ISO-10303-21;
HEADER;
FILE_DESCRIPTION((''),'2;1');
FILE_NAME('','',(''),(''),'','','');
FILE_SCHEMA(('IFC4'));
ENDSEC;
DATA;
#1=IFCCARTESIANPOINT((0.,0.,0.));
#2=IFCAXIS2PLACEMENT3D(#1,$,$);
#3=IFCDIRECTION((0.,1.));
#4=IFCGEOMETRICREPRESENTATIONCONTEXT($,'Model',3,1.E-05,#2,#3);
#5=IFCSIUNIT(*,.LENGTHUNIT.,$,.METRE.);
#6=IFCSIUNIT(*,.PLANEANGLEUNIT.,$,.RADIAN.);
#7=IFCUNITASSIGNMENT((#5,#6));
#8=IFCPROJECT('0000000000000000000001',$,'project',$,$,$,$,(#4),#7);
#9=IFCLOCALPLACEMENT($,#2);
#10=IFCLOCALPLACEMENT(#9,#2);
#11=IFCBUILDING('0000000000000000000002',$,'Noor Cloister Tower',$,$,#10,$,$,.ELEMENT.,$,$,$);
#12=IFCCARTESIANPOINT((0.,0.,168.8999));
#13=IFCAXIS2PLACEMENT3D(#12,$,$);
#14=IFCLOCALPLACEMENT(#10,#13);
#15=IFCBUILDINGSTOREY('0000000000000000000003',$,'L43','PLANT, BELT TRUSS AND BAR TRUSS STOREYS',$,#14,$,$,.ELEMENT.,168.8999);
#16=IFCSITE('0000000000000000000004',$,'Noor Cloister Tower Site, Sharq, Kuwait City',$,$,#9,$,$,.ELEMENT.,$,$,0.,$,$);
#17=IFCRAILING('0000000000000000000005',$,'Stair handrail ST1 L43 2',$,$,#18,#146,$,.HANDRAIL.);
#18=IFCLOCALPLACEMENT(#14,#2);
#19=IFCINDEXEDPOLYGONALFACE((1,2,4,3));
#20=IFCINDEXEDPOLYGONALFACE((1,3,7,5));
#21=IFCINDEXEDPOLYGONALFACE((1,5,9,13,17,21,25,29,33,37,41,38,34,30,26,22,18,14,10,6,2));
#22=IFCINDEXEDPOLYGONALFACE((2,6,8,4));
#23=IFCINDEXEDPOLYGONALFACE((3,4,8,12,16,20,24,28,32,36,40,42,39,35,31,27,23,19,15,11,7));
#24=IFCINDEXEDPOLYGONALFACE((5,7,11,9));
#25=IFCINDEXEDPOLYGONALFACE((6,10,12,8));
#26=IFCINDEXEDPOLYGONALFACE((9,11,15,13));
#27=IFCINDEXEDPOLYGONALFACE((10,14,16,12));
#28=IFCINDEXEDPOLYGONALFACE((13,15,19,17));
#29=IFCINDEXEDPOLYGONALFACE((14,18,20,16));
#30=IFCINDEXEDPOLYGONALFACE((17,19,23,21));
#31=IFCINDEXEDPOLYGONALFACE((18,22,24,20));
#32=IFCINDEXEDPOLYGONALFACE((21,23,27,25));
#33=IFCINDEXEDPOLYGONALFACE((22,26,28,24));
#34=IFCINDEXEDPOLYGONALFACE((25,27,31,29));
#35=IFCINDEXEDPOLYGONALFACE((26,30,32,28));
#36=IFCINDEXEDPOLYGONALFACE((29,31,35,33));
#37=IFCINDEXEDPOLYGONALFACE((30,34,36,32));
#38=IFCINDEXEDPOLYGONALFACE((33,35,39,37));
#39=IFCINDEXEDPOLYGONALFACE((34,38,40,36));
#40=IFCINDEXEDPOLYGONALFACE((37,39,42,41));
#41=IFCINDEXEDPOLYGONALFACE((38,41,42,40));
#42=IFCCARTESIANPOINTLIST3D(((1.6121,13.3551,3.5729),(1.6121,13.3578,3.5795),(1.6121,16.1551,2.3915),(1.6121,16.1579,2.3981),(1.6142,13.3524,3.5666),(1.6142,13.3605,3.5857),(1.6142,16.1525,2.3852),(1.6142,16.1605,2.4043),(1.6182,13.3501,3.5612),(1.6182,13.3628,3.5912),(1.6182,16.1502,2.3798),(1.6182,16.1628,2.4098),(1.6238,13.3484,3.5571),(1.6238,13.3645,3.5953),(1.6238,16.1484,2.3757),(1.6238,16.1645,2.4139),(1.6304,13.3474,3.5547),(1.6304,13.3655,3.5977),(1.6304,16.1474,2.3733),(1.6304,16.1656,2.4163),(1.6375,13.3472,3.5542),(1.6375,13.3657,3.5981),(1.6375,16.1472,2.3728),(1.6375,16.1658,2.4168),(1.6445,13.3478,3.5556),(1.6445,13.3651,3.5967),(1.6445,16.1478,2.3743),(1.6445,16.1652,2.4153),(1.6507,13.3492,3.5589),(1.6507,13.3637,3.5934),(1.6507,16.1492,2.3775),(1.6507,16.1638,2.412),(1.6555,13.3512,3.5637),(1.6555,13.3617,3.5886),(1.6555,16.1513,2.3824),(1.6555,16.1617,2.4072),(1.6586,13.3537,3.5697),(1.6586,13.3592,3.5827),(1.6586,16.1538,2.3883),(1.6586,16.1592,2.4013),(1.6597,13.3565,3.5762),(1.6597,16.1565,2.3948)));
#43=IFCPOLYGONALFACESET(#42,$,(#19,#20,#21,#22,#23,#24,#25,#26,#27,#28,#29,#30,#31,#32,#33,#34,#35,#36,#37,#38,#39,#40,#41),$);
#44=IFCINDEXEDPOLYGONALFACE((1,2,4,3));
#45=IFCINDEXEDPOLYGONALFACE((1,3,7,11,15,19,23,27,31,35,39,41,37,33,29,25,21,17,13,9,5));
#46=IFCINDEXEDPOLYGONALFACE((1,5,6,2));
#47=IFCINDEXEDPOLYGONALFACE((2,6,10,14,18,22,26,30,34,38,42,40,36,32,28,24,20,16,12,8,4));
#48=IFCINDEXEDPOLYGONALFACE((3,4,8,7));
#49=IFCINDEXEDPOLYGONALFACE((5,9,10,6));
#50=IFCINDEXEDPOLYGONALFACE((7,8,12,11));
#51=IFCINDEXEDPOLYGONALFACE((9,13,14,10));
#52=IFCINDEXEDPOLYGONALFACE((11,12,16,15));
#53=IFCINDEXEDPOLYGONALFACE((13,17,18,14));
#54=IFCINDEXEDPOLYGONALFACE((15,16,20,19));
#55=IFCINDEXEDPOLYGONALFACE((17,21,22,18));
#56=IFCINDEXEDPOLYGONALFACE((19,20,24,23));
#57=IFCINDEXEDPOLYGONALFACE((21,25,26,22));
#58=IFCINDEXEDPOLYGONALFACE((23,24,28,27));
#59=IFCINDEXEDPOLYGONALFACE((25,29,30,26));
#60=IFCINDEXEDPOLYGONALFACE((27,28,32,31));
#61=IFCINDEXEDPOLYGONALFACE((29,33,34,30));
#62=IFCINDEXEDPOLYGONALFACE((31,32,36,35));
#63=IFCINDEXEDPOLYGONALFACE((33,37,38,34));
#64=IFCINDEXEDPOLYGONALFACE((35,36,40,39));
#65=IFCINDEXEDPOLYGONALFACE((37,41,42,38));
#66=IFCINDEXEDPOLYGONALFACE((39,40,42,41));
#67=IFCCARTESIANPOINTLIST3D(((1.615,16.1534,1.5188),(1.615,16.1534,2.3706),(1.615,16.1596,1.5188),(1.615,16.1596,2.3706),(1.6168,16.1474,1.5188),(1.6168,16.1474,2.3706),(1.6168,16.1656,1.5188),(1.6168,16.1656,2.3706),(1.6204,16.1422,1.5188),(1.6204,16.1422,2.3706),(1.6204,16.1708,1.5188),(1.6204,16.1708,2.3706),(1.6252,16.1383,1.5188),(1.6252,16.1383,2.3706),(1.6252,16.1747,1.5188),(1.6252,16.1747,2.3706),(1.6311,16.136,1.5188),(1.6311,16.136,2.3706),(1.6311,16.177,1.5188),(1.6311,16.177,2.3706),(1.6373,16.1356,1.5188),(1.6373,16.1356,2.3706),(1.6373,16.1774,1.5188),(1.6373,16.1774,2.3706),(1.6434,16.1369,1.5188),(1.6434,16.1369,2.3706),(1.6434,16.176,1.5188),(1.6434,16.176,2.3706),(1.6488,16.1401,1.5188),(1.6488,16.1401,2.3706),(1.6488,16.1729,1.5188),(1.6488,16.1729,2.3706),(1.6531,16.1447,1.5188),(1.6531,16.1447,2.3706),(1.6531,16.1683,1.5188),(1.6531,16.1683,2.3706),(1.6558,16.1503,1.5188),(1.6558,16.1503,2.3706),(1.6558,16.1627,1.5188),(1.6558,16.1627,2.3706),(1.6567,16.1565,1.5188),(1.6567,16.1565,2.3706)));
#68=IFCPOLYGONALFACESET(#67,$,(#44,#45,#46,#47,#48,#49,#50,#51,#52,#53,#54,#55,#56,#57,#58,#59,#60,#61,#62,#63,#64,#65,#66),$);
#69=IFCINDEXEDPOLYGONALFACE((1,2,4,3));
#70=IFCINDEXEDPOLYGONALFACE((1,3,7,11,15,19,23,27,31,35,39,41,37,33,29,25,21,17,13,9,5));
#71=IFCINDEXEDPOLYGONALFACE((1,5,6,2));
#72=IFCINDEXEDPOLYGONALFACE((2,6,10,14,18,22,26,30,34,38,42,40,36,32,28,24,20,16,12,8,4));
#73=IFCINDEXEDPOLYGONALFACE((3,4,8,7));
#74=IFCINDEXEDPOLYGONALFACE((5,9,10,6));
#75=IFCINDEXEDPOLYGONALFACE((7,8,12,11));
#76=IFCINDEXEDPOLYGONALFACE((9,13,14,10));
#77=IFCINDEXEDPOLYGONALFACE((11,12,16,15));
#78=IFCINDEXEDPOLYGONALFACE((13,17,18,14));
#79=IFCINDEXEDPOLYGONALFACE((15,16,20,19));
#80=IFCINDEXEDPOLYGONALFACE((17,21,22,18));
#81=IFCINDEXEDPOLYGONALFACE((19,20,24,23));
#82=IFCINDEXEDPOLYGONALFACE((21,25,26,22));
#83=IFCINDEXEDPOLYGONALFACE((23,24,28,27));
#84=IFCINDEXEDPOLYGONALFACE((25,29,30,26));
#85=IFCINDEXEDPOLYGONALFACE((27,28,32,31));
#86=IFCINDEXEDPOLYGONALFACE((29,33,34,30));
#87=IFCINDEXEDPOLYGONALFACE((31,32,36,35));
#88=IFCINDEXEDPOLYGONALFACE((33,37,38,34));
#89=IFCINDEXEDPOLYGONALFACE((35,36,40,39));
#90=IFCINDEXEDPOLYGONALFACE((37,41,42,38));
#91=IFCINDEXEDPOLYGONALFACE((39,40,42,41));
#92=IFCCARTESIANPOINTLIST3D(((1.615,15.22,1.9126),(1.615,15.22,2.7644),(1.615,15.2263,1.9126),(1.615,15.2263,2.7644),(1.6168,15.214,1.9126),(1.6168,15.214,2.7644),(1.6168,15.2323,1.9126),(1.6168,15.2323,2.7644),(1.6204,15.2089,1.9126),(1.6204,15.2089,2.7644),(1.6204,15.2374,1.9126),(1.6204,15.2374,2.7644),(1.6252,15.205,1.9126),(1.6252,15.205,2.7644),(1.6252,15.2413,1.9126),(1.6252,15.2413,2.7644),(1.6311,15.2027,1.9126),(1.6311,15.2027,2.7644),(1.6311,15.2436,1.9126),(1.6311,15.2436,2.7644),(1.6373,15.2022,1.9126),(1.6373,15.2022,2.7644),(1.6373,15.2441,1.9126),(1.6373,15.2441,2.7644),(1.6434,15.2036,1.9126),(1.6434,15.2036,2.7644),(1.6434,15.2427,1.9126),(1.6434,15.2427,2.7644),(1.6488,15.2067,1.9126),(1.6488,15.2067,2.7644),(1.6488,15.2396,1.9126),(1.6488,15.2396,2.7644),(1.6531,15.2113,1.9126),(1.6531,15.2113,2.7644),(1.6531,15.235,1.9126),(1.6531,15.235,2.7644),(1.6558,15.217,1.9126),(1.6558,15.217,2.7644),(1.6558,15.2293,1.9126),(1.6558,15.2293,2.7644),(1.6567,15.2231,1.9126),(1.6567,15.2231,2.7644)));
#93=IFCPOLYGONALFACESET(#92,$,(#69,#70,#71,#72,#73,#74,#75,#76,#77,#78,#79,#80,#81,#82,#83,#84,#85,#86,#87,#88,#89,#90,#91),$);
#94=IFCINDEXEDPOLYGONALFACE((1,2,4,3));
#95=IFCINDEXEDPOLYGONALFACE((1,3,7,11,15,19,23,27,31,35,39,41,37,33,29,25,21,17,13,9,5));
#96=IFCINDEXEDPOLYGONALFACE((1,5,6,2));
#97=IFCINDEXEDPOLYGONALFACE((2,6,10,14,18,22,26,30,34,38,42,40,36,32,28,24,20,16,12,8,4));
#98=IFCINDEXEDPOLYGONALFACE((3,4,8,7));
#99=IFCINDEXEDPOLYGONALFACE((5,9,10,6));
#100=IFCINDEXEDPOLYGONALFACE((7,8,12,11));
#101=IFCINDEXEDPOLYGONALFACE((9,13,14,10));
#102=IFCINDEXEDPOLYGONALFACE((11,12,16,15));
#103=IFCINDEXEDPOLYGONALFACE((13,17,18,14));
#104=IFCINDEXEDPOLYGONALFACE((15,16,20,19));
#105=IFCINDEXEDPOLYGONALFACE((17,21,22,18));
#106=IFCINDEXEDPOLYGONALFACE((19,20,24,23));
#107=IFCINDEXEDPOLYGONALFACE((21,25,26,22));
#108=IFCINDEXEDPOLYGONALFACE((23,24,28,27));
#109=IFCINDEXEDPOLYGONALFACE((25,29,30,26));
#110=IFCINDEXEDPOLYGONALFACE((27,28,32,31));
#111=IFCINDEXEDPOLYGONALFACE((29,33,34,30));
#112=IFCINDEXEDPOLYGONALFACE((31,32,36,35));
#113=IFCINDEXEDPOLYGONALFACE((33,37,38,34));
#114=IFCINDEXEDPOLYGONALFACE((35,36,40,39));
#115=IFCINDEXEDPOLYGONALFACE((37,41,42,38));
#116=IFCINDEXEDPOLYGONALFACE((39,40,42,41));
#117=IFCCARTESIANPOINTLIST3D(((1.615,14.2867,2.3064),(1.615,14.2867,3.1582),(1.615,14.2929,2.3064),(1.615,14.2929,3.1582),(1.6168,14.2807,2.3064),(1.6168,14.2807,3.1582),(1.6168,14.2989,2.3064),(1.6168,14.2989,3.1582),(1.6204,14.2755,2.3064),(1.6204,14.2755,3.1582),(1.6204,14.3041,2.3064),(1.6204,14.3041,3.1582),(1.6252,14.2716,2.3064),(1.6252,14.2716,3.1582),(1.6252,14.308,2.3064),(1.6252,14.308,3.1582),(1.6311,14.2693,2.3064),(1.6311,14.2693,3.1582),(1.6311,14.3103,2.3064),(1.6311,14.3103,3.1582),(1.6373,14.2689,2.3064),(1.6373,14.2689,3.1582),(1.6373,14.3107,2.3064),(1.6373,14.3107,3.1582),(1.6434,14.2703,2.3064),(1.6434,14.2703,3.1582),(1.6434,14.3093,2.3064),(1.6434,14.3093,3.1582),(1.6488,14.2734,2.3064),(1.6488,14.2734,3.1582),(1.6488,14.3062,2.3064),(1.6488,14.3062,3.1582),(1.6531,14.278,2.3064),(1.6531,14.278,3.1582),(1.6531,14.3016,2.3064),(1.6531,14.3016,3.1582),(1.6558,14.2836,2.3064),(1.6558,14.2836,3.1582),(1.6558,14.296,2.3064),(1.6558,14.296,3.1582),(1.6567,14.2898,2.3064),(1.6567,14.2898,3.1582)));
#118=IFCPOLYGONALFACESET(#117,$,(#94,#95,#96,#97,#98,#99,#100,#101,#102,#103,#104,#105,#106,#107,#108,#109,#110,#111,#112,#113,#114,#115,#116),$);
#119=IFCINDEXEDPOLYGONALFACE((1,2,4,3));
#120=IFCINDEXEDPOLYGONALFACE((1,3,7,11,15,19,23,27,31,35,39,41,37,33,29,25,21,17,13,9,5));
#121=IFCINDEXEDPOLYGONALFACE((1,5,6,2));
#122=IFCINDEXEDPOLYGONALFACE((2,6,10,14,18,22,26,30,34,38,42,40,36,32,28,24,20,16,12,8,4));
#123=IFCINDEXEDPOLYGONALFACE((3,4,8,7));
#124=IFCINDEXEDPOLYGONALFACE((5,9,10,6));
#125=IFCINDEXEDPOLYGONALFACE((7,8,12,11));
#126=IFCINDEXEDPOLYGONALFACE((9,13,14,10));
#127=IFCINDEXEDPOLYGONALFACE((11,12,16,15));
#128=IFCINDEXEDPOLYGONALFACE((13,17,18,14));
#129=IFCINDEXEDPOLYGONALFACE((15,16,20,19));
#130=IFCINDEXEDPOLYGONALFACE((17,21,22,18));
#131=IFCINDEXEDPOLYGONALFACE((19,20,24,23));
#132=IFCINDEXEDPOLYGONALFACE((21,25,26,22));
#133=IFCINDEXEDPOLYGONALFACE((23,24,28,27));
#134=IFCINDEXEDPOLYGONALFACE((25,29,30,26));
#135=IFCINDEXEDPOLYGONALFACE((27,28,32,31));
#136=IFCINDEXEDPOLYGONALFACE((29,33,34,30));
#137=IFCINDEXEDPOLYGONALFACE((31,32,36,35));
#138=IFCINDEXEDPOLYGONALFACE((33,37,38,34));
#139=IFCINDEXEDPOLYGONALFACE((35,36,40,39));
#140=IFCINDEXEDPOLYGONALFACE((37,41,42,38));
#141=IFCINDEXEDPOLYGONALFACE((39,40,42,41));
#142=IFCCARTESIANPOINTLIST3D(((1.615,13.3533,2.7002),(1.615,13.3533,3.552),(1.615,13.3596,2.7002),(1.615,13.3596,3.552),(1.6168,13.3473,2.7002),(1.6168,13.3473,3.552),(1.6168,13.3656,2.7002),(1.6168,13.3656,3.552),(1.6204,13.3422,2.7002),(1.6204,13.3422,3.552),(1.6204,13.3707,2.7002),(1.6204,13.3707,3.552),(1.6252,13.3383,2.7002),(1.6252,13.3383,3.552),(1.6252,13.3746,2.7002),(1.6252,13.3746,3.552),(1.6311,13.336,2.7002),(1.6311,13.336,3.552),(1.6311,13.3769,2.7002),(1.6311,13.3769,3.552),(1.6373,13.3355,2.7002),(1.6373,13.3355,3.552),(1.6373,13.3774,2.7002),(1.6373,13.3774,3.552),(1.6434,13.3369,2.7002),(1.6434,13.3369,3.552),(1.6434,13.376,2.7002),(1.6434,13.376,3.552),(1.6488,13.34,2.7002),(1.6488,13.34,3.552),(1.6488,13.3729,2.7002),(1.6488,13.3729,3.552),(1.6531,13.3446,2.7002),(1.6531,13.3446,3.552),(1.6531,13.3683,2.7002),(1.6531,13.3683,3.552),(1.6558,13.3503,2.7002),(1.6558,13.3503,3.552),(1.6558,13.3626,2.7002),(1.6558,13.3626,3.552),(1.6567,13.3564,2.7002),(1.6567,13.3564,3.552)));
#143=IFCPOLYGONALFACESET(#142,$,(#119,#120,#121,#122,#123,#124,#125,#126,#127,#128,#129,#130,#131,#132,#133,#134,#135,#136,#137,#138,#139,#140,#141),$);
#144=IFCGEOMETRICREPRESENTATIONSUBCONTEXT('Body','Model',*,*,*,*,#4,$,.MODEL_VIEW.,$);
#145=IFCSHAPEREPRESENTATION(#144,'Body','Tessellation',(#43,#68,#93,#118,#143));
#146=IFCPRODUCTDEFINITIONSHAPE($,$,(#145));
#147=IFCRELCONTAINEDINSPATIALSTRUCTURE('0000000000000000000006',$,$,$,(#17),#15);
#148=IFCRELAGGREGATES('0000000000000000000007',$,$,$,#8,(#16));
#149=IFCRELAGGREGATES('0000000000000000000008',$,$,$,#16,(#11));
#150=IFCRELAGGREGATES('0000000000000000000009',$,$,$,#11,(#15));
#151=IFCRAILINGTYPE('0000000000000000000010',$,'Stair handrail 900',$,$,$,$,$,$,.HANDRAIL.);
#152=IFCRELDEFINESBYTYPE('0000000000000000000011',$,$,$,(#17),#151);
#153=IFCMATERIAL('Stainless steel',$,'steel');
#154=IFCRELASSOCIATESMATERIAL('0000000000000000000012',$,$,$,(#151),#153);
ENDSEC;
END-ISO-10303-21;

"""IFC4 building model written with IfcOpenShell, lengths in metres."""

from ifc_helpers import new_model, si_unit, direction, frame, origin, origin_2d, place, context, subcontext, project, spatial, circle, extrude, material, type_object, element, save


model = new_model("IFC4")

# Units and contexts
model_context = context("Model", 3, precision=1e-05, world=origin(), true_north=direction((0.0, 1.0)))
body_context = subcontext(model_context, "Body", "Model", "MODEL_VIEW")
ifc_project = project(units=[si_unit("LENGTHUNIT", "METRE"), si_unit("PLANEANGLEUNIT", "RADIAN")], contexts=[model_context])

# Site, building, storey
site_placement = place(None, origin())
site = spatial("IfcSite", under=ifc_project, at=site_placement, Name="Noor Cloister Tower Site, Sharq, Kuwait City", CompositionType="ELEMENT", RefElevation=0.0)
building_placement = place(site_placement, origin())
building = spatial("IfcBuilding", under=site, at=building_placement, Name="Noor Cloister Tower", CompositionType="ELEMENT")
storey_placement = place(building_placement, frame((0.0, 0.0, 168.8999)))
storey = spatial("IfcBuildingStorey", under=building, at=storey_placement, Name="L43", Description="PLANT, BELT TRUSS AND BAR TRUSS STOREYS", CompositionType="ELEMENT", Elevation=168.8999)

# Railing
ifc_material_1 = material(Name="Stainless steel", Category="steel")
railing_type_1 = type_object("IfcRailingType", Name="Stair handrail 900", PredefinedType="HANDRAIL", material=ifc_material_1)
for number, where, name in (
    (1, (1.6357, 16.1565, 1.5188), "Stair handrail ST1 L43 2"),
):
    element("IfcRailing", number, at=place(storey_placement, frame(where)), inside=storey, type_object=railing_type_1, Name=name, PredefinedType="HANDRAIL", context=body_context, shape_type="SweptSolid", body=[
        extrude(circle(Radius=0.0239, at=origin_2d()), frame((0.0, 0.0, 0.876), z_axis=(0.0, -0.921349, 0.388736), x_axis=(1.0, 0.0, 0.0)), (0.0, 0.0, 1.0), 3.0391),
        extrude(circle(Radius=0.021, at=origin_2d()), origin(), (0.0, 0.0, 1.0), 0.8518),
        extrude(circle(Radius=0.021, at=origin_2d()), frame((0.0, -0.9333, 0.3938)), (0.0, 0.0, 1.0), 0.8518),
        extrude(circle(Radius=0.021, at=origin_2d()), frame((0.0, -1.8667, 0.7876)), (0.0, 0.0, 1.0), 0.8518),
        extrude(circle(Radius=0.021, at=origin_2d()), frame((0.0, -2.8, 1.1814)), (0.0, 0.0, 1.0), 0.8518),
    ])

save(model, "model.ifc")
